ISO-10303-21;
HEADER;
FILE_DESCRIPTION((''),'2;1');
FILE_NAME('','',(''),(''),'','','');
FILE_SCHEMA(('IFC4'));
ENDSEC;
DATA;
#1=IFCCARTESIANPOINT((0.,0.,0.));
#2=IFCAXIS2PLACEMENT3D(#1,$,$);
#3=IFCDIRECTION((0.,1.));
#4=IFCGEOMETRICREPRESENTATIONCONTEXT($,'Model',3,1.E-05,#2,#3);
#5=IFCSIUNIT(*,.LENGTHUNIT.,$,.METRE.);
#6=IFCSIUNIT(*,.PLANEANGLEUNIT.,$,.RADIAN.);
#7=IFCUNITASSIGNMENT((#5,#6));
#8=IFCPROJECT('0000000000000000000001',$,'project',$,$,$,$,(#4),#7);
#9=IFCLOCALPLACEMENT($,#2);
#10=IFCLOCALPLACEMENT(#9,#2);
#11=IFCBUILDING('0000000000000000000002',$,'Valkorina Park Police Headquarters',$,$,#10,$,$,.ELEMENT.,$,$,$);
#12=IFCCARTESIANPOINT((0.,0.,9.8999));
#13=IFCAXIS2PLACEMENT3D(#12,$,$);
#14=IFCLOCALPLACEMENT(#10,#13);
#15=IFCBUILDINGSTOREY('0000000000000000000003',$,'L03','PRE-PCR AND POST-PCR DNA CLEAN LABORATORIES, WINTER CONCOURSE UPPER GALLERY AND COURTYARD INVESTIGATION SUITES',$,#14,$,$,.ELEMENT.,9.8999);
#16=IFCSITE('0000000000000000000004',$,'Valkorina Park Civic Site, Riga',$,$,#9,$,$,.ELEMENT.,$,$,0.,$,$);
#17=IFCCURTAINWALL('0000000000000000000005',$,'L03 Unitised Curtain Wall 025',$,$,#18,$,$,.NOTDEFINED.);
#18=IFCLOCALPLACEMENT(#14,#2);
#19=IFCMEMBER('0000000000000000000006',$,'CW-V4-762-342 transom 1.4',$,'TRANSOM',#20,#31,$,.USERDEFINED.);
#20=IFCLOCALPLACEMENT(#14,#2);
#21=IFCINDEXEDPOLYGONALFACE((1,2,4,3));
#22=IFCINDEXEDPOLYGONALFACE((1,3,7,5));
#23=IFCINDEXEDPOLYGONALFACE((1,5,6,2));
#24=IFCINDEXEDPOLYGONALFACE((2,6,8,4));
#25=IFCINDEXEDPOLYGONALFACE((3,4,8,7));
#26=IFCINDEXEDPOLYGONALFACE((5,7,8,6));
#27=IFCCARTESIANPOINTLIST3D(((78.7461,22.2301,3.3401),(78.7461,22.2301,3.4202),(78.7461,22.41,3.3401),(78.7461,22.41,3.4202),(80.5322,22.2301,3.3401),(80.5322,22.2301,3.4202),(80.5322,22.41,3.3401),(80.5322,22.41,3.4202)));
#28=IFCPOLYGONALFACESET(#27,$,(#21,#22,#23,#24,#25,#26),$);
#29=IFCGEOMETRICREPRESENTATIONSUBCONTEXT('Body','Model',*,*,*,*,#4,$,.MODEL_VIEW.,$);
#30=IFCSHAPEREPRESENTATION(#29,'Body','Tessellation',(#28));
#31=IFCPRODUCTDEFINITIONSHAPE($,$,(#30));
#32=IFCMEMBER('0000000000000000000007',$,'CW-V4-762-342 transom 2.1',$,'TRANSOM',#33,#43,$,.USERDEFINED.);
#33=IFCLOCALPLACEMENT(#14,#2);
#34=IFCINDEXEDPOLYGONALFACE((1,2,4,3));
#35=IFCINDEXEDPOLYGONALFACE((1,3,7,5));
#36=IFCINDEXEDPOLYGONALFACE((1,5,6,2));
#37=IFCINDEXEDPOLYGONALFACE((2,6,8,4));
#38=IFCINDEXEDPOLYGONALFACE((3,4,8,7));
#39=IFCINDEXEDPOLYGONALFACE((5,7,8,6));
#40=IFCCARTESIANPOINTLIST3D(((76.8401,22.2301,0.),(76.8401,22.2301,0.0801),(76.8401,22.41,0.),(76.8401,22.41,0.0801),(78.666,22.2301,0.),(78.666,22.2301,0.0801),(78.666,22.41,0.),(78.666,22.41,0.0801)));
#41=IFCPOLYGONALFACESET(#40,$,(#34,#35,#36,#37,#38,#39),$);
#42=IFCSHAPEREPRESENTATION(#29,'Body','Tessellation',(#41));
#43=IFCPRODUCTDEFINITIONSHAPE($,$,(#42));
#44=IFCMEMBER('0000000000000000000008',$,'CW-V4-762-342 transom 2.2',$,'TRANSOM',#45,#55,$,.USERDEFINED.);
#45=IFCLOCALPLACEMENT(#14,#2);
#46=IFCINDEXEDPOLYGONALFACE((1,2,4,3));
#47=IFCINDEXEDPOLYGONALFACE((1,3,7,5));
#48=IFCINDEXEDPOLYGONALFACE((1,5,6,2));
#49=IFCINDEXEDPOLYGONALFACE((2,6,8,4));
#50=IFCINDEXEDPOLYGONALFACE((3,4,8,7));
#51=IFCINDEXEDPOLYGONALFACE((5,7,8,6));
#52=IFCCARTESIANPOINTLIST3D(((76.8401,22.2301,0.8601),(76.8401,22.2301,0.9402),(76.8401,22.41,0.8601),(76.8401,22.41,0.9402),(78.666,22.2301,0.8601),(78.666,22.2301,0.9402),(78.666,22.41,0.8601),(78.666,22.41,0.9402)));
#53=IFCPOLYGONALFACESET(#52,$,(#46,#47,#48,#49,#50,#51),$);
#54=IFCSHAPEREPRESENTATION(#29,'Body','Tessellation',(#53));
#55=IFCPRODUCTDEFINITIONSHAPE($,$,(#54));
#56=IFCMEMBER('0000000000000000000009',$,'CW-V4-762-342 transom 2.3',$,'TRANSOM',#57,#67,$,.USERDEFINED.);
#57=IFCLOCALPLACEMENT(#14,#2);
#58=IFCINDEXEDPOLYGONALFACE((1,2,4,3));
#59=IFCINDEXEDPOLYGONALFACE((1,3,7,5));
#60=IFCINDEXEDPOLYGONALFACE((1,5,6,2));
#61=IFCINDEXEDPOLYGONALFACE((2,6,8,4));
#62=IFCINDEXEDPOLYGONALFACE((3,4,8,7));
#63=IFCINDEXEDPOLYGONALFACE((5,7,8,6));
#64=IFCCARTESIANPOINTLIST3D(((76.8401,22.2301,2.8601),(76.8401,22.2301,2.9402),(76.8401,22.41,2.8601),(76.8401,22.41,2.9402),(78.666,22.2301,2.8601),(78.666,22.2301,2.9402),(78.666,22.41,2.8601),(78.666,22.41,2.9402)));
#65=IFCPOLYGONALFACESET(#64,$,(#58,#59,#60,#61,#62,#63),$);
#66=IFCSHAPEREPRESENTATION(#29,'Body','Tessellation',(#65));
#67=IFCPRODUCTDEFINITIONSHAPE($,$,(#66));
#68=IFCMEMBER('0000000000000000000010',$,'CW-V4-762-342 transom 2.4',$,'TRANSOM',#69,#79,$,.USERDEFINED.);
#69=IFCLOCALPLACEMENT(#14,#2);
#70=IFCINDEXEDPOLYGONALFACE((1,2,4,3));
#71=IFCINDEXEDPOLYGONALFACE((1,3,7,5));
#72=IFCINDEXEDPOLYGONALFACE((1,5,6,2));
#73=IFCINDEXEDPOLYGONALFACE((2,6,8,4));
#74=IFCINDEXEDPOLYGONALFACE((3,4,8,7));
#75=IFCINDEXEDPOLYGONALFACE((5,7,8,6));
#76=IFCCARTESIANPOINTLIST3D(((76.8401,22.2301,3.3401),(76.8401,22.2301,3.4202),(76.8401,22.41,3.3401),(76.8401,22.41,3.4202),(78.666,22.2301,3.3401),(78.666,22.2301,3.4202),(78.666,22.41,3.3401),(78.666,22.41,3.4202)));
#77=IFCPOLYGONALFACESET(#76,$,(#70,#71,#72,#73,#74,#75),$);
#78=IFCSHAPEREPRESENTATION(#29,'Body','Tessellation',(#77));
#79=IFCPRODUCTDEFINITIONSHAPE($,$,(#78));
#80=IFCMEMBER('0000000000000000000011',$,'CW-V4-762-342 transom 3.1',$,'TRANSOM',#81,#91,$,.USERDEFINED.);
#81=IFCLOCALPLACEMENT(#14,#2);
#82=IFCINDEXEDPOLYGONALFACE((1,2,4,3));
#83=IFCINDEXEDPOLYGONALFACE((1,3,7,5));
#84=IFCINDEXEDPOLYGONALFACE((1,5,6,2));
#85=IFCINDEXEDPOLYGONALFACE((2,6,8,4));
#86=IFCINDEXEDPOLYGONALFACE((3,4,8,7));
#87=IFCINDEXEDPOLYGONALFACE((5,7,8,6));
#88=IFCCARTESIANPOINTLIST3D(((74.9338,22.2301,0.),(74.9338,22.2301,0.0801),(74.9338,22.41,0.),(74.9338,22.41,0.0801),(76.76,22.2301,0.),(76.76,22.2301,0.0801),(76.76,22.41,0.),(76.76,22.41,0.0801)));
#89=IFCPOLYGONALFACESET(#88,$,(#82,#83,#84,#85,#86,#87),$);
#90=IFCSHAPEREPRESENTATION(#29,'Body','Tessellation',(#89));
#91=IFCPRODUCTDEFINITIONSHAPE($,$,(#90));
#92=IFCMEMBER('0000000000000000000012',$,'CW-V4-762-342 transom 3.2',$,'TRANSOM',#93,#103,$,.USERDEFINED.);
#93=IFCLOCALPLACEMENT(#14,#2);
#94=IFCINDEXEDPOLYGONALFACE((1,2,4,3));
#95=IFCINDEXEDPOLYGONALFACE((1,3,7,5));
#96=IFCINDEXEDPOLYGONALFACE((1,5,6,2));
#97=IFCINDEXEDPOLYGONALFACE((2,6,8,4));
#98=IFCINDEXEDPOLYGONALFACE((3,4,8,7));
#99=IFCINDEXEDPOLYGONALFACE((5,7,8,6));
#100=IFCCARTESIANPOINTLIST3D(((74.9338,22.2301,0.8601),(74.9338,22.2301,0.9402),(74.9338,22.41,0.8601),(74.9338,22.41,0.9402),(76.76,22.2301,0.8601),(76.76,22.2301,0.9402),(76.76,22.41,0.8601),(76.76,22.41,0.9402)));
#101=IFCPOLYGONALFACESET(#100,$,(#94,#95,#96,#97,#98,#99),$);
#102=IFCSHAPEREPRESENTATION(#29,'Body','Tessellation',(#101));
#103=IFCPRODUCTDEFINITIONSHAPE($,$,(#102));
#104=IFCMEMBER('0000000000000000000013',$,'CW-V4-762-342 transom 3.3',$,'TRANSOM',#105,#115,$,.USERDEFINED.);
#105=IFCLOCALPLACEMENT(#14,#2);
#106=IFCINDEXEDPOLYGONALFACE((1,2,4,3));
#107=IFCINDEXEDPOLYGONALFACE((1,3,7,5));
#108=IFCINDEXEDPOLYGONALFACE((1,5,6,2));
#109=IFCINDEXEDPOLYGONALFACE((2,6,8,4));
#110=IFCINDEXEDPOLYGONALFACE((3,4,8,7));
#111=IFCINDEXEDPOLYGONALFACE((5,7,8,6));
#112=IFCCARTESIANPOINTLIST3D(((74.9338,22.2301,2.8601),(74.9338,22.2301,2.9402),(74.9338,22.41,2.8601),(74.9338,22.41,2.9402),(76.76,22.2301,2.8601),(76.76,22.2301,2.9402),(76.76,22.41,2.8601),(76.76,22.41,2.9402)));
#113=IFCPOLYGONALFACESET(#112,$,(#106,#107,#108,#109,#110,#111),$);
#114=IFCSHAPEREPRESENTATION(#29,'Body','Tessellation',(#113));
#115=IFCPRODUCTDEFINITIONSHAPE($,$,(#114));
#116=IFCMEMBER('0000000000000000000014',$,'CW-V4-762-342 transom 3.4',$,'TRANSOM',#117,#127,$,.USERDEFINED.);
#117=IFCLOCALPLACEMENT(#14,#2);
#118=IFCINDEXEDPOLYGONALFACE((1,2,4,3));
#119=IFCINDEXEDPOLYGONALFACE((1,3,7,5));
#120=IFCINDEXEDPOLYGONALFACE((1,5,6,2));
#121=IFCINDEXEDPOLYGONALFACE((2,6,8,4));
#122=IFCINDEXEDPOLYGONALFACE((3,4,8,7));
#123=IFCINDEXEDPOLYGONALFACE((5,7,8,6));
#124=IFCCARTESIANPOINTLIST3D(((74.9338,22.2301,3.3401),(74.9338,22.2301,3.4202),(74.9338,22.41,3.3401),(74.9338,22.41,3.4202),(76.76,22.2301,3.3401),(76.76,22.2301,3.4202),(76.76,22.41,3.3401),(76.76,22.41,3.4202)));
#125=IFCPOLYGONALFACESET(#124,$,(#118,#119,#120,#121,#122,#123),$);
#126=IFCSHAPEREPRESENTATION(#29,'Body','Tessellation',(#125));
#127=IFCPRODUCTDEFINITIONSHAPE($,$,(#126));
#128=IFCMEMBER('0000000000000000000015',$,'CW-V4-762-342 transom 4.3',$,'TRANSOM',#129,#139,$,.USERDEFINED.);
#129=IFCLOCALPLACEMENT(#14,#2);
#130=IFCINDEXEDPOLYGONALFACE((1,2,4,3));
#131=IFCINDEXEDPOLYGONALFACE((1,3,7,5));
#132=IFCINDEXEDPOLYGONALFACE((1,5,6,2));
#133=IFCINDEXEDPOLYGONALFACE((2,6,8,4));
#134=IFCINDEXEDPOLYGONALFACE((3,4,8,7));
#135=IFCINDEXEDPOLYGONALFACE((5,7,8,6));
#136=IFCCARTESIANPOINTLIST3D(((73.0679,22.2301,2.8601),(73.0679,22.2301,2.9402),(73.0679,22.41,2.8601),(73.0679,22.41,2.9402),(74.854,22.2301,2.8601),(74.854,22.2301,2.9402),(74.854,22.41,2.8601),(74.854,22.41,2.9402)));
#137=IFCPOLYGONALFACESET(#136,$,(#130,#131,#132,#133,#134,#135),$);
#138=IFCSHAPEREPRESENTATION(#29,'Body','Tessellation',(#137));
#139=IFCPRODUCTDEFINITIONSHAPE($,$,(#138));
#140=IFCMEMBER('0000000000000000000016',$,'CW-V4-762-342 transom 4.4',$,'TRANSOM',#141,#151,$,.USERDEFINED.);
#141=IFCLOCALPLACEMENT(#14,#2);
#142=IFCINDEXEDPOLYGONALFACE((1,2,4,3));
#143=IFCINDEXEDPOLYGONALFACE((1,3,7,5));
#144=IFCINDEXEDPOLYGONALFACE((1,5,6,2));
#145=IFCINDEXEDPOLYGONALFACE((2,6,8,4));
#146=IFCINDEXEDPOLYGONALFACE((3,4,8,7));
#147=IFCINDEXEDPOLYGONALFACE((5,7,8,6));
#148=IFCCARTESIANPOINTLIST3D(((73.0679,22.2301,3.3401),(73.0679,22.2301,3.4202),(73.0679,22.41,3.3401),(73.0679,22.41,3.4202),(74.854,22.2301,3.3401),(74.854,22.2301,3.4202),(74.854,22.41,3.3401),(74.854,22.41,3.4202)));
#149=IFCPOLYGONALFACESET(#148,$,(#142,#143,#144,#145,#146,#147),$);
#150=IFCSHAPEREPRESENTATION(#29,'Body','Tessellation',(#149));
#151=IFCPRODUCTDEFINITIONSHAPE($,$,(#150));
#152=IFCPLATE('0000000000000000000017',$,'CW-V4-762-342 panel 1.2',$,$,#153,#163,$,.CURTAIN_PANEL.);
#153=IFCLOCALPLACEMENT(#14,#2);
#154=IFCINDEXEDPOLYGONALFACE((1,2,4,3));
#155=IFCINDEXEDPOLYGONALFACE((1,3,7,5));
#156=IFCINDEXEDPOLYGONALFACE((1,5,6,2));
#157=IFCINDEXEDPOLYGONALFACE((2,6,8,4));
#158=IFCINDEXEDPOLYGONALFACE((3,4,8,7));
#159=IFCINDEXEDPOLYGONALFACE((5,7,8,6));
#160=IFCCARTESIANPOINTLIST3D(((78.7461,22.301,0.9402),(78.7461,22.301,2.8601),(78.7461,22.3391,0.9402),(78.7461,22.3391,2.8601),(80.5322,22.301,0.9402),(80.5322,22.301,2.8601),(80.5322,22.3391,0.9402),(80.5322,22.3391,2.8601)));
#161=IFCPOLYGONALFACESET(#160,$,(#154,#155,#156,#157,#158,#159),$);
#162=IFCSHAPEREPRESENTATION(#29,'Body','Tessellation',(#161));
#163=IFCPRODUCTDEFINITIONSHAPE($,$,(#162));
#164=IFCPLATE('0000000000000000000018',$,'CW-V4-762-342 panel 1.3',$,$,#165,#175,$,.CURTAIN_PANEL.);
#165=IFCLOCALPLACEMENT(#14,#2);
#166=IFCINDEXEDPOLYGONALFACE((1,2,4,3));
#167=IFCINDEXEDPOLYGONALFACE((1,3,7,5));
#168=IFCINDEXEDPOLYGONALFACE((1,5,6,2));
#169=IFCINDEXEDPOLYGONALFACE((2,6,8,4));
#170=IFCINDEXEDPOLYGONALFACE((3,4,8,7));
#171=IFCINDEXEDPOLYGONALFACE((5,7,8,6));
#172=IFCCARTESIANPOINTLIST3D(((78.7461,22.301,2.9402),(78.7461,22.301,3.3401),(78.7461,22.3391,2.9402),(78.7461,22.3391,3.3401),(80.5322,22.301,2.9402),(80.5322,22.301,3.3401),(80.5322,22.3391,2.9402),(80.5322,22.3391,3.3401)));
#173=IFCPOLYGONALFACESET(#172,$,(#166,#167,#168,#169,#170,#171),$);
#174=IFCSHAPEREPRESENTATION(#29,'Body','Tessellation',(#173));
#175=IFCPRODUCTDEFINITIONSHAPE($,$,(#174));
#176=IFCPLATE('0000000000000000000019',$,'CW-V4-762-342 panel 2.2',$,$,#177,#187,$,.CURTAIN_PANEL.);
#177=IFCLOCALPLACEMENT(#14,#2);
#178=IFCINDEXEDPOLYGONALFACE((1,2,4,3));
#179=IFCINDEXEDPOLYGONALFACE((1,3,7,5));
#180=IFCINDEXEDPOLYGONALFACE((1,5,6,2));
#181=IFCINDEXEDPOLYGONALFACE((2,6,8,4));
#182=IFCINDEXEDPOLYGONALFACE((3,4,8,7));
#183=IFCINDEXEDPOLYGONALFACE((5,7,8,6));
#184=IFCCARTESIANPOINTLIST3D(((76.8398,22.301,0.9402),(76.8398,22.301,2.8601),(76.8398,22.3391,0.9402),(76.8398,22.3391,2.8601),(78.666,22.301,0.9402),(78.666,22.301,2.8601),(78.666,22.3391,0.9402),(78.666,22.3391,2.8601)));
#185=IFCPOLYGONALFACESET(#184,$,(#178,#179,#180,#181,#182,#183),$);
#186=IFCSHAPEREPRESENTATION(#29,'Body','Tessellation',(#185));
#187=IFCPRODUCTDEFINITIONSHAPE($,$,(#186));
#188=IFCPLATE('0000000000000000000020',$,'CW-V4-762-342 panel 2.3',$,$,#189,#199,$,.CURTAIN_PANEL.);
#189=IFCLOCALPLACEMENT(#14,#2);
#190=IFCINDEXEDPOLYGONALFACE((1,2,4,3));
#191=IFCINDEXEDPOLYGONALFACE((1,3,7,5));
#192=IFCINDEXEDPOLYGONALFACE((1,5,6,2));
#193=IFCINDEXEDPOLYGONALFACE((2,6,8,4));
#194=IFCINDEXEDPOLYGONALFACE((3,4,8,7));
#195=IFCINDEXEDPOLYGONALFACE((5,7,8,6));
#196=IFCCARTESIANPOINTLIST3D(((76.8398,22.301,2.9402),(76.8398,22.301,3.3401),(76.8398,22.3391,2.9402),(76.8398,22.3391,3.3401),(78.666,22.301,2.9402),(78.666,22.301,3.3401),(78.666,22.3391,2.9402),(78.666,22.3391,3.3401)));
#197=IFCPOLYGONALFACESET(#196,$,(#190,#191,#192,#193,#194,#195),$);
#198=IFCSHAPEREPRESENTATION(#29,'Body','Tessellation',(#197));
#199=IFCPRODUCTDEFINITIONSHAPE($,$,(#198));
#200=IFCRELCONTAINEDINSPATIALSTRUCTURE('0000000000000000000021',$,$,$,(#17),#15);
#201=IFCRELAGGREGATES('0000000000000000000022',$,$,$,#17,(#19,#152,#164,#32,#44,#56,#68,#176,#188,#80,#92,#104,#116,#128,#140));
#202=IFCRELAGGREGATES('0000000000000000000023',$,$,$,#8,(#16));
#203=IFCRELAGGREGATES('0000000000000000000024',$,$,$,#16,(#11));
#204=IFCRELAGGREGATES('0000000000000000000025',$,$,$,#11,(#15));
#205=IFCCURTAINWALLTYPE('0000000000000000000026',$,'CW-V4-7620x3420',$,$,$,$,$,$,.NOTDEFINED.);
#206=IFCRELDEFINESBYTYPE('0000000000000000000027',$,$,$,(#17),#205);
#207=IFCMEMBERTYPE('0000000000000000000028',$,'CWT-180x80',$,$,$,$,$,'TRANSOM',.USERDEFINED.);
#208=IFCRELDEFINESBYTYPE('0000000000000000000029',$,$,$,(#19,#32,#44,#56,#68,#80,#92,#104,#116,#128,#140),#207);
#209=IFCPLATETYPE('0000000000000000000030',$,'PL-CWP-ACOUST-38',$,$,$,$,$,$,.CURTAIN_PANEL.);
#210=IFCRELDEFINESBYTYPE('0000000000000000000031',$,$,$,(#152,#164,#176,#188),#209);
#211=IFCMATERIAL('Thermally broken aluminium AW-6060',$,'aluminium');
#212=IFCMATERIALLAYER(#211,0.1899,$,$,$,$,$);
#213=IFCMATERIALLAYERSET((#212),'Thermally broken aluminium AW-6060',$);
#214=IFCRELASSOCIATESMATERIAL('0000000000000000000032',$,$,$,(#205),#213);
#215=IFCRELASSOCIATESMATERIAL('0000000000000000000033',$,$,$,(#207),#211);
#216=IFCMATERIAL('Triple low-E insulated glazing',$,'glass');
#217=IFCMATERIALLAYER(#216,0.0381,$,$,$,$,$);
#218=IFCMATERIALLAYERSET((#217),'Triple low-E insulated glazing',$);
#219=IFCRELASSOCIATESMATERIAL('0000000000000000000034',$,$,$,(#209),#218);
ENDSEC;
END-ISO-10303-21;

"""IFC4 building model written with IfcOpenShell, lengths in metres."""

from ifc_helpers import new_model, si_unit, direction, frame, origin, origin_2d, place, context, subcontext, project, spatial, rectangle, extrude, material, layer, layer_set, material_profile, profile_set, type_object, element, aggregate, save


model = new_model("IFC4")

# Units and contexts
model_context = context("Model", 3, precision=1e-05, world=origin(), true_north=direction((0.0, 1.0)))
body_context = subcontext(model_context, "Body", "Model", "MODEL_VIEW")
ifc_project = project(units=[si_unit("LENGTHUNIT", "METRE"), si_unit("PLANEANGLEUNIT", "RADIAN")], contexts=[model_context])

# Site, building, storey
site_placement = place(None, origin())
site = spatial("IfcSite", under=ifc_project, at=site_placement, Name="Valkorina Park Civic Site, Riga", CompositionType="ELEMENT", RefElevation=0.0)
building_placement = place(site_placement, origin())
building = spatial("IfcBuilding", under=site, at=building_placement, Name="Valkorina Park Police Headquarters", CompositionType="ELEMENT")
storey_placement = place(building_placement, frame((0.0, 0.0, 9.8999)))
storey = spatial("IfcBuildingStorey", under=building, at=storey_placement, Name="L03", Description="PRE-PCR AND POST-PCR DNA CLEAN LABORATORIES, WINTER CONCOURSE UPPER GALLERY AND COURTYARD INVESTIGATION SUITES", CompositionType="ELEMENT", Elevation=9.8999)

# Curtain wall, members, plates
ifc_material_1 = material(Name="Thermally broken aluminium AW-6060", Category="aluminium")
ifc_layer_1 = layer(ifc_material_1, 0.1899)
ifc_layer_set_1 = layer_set([ifc_layer_1], Name="Thermally broken aluminium AW-6060")
curtain_wall_type = type_object("IfcCurtainWallType", Name="CW-V4-7620x3420", PredefinedType="NOTDEFINED", material=ifc_layer_set_1)
curtain_wall_placement = place(storey_placement, origin())
curtain_wall = element("IfcCurtainWall", 1, at=curtain_wall_placement, inside=storey, type_object=curtain_wall_type, Name="L03 Unitised Curtain Wall 025", PredefinedType="NOTDEFINED")
ifc_material_profile_1 = material_profile(ifc_material_1, rectangle(XDim=0.1799, YDim=0.0801, at=origin_2d()), Name="CWT-03 180x80")
ifc_profile_set_1 = profile_set([ifc_material_profile_1], Name="Thermally broken aluminium AW-6060")
member_type_1 = type_object("IfcMemberType", Name="CWT-180x80", ElementType="TRANSOM", PredefinedType="USERDEFINED", material=ifc_profile_set_1)
member_1_placement = place(storey_placement, frame((80.5322, 22.3201, 3.3801), z_axis=(-1.0, 0.0, 0.0), x_axis=(0.0, -1.0, 0.0)))
member_1 = element("IfcMember", 2, at=member_1_placement, type_object=member_type_1, Name="CW-V4-762-342 transom 1.4", ObjectType="TRANSOM", PredefinedType="USERDEFINED", context=body_context, shape_type="SweptSolid", body=[
    extrude(rectangle(XDim=0.1799, YDim=0.0801, at=origin_2d()), origin(), (0.0, 0.0, 1.0), 1.7861),
])
member_2_placement = place(storey_placement, frame((78.666, 22.3201, 0.04), z_axis=(-1.0, 0.0, 0.0), x_axis=(0.0, -1.0, 0.0)))
member_2 = element("IfcMember", 3, at=member_2_placement, type_object=member_type_1, Name="CW-V4-762-342 transom 2.1", ObjectType="TRANSOM", PredefinedType="USERDEFINED", context=body_context, shape_type="SweptSolid", body=[
    extrude(rectangle(XDim=0.1799, YDim=0.0801, at=origin_2d()), origin(), (0.0, 0.0, 1.0), 1.8259),
])
member_3_placement = place(storey_placement, frame((78.666, 22.3201, 0.9001), z_axis=(-1.0, 0.0, 0.0), x_axis=(0.0, -1.0, 0.0)))
member_3 = element("IfcMember", 4, at=member_3_placement, type_object=member_type_1, Name="CW-V4-762-342 transom 2.2", ObjectType="TRANSOM", PredefinedType="USERDEFINED", context=body_context, shape_type="SweptSolid", body=[
    extrude(rectangle(XDim=0.1799, YDim=0.0801, at=origin_2d()), origin(), (0.0, 0.0, 1.0), 1.8259),
])
member_4_placement = place(storey_placement, frame((78.666, 22.3201, 2.9001), z_axis=(-1.0, 0.0, 0.0), x_axis=(0.0, -1.0, 0.0)))
member_4 = element("IfcMember", 5, at=member_4_placement, type_object=member_type_1, Name="CW-V4-762-342 transom 2.3", ObjectType="TRANSOM", PredefinedType="USERDEFINED", context=body_context, shape_type="SweptSolid", body=[
    extrude(rectangle(XDim=0.1799, YDim=0.0801, at=origin_2d()), origin(), (0.0, 0.0, 1.0), 1.8259),
])
member_5_placement = place(storey_placement, frame((78.666, 22.3201, 3.3801), z_axis=(-1.0, 0.0, 0.0), x_axis=(0.0, -1.0, 0.0)))
member_5 = element("IfcMember", 6, at=member_5_placement, type_object=member_type_1, Name="CW-V4-762-342 transom 2.4", ObjectType="TRANSOM", PredefinedType="USERDEFINED", context=body_context, shape_type="SweptSolid", body=[
    extrude(rectangle(XDim=0.1799, YDim=0.0801, at=origin_2d()), origin(), (0.0, 0.0, 1.0), 1.8259),
])
member_6_placement = place(storey_placement, frame((76.76, 22.3201, 0.04), z_axis=(-1.0, 0.0, 0.0), x_axis=(0.0, -1.0, 0.0)))
member_6 = element("IfcMember", 7, at=member_6_placement, type_object=member_type_1, Name="CW-V4-762-342 transom 3.1", ObjectType="TRANSOM", PredefinedType="USERDEFINED", context=body_context, shape_type="SweptSolid", body=[
    extrude(rectangle(XDim=0.1799, YDim=0.0801, at=origin_2d()), origin(), (0.0, 0.0, 1.0), 1.8262),
])
member_7_placement = place(storey_placement, frame((76.76, 22.3201, 0.9001), z_axis=(-1.0, 0.0, 0.0), x_axis=(0.0, -1.0, 0.0)))
member_7 = element("IfcMember", 8, at=member_7_placement, type_object=member_type_1, Name="CW-V4-762-342 transom 3.2", ObjectType="TRANSOM", PredefinedType="USERDEFINED", context=body_context, shape_type="SweptSolid", body=[
    extrude(rectangle(XDim=0.1799, YDim=0.0801, at=origin_2d()), origin(), (0.0, 0.0, 1.0), 1.8262),
])
member_8_placement = place(storey_placement, frame((76.76, 22.3201, 2.9001), z_axis=(-1.0, 0.0, 0.0), x_axis=(0.0, -1.0, 0.0)))
member_8 = element("IfcMember", 9, at=member_8_placement, type_object=member_type_1, Name="CW-V4-762-342 transom 3.3", ObjectType="TRANSOM", PredefinedType="USERDEFINED", context=body_context, shape_type="SweptSolid", body=[
    extrude(rectangle(XDim=0.1799, YDim=0.0801, at=origin_2d()), origin(), (0.0, 0.0, 1.0), 1.8262),
])
member_9_placement = place(storey_placement, frame((76.76, 22.3201, 3.3801), z_axis=(-1.0, 0.0, 0.0), x_axis=(0.0, -1.0, 0.0)))
member_9 = element("IfcMember", 10, at=member_9_placement, type_object=member_type_1, Name="CW-V4-762-342 transom 3.4", ObjectType="TRANSOM", PredefinedType="USERDEFINED", context=body_context, shape_type="SweptSolid", body=[
    extrude(rectangle(XDim=0.1799, YDim=0.0801, at=origin_2d()), origin(), (0.0, 0.0, 1.0), 1.8262),
])
member_10_placement = place(storey_placement, frame((74.854, 22.3201, 2.9001), z_axis=(-1.0, 0.0, 0.0), x_axis=(0.0, -1.0, 0.0)))
member_10 = element("IfcMember", 11, at=member_10_placement, type_object=member_type_1, Name="CW-V4-762-342 transom 4.3", ObjectType="TRANSOM", PredefinedType="USERDEFINED", context=body_context, shape_type="SweptSolid", body=[
    extrude(rectangle(XDim=0.1799, YDim=0.0801, at=origin_2d()), origin(), (0.0, 0.0, 1.0), 1.7861),
])
member_11_placement = place(storey_placement, frame((74.854, 22.3201, 3.3801), z_axis=(-1.0, 0.0, 0.0), x_axis=(0.0, -1.0, 0.0)))
member_11 = element("IfcMember", 12, at=member_11_placement, type_object=member_type_1, Name="CW-V4-762-342 transom 4.4", ObjectType="TRANSOM", PredefinedType="USERDEFINED", context=body_context, shape_type="SweptSolid", body=[
    extrude(rectangle(XDim=0.1799, YDim=0.0801, at=origin_2d()), origin(), (0.0, 0.0, 1.0), 1.7861),
])
ifc_material_2 = material(Name="Triple low-E insulated glazing", Category="glass")
ifc_layer_2 = layer(ifc_material_2, 0.0381)
ifc_layer_set_2 = layer_set([ifc_layer_2], Name="Triple low-E insulated glazing")
plate_type_1 = type_object("IfcPlateType", Name="PL-CWP-ACOUST-38", PredefinedType="CURTAIN_PANEL", material=ifc_layer_set_2)
plate_1_placement = place(storey_placement, frame((79.6392, 22.3201, 0.9402), z_axis=(0.0, 0.0, 1.0), x_axis=(-1.0, 0.0, 0.0)))
plate_1 = element("IfcPlate", 13, at=plate_1_placement, type_object=plate_type_1, Name="CW-V4-762-342 panel 1.2", PredefinedType="CURTAIN_PANEL", context=body_context, shape_type="SweptSolid", body=[
    extrude(rectangle(XDim=1.7861, YDim=0.0381, at=origin_2d()), origin(), (0.0, 0.0, 1.0), 1.9199),
])
plate_2_placement = place(storey_placement, frame((79.6392, 22.3201, 2.9402), z_axis=(0.0, 0.0, 1.0), x_axis=(-1.0, 0.0, 0.0)))
plate_2 = element("IfcPlate", 14, at=plate_2_placement, type_object=plate_type_1, Name="CW-V4-762-342 panel 1.3", PredefinedType="CURTAIN_PANEL", context=body_context, shape_type="SweptSolid", body=[
    extrude(rectangle(XDim=1.7861, YDim=0.0381, at=origin_2d()), origin(), (0.0, 0.0, 1.0), 0.3999),
])
plate_3_placement = place(storey_placement, frame((77.7529, 22.3201, 0.9402), z_axis=(0.0, 0.0, 1.0), x_axis=(-1.0, 0.0, 0.0)))
plate_3 = element("IfcPlate", 15, at=plate_3_placement, type_object=plate_type_1, Name="CW-V4-762-342 panel 2.2", PredefinedType="CURTAIN_PANEL", context=body_context, shape_type="SweptSolid", body=[
    extrude(rectangle(XDim=1.8262, YDim=0.0381, at=origin_2d()), origin(), (0.0, 0.0, 1.0), 1.9199),
])
plate_4_placement = place(storey_placement, frame((77.7529, 22.3201, 2.9402), z_axis=(0.0, 0.0, 1.0), x_axis=(-1.0, 0.0, 0.0)))
plate_4 = element("IfcPlate", 16, at=plate_4_placement, type_object=plate_type_1, Name="CW-V4-762-342 panel 2.3", PredefinedType="CURTAIN_PANEL", context=body_context, shape_type="SweptSolid", body=[
    extrude(rectangle(XDim=1.8262, YDim=0.0381, at=origin_2d()), origin(), (0.0, 0.0, 1.0), 0.3999),
])
aggregate(curtain_wall, [member_1, plate_1, plate_2, member_2, member_3, member_4, member_5, plate_3, plate_4, member_6, member_7, member_8, member_9, member_10, member_11])

save(model, "model.ifc")
